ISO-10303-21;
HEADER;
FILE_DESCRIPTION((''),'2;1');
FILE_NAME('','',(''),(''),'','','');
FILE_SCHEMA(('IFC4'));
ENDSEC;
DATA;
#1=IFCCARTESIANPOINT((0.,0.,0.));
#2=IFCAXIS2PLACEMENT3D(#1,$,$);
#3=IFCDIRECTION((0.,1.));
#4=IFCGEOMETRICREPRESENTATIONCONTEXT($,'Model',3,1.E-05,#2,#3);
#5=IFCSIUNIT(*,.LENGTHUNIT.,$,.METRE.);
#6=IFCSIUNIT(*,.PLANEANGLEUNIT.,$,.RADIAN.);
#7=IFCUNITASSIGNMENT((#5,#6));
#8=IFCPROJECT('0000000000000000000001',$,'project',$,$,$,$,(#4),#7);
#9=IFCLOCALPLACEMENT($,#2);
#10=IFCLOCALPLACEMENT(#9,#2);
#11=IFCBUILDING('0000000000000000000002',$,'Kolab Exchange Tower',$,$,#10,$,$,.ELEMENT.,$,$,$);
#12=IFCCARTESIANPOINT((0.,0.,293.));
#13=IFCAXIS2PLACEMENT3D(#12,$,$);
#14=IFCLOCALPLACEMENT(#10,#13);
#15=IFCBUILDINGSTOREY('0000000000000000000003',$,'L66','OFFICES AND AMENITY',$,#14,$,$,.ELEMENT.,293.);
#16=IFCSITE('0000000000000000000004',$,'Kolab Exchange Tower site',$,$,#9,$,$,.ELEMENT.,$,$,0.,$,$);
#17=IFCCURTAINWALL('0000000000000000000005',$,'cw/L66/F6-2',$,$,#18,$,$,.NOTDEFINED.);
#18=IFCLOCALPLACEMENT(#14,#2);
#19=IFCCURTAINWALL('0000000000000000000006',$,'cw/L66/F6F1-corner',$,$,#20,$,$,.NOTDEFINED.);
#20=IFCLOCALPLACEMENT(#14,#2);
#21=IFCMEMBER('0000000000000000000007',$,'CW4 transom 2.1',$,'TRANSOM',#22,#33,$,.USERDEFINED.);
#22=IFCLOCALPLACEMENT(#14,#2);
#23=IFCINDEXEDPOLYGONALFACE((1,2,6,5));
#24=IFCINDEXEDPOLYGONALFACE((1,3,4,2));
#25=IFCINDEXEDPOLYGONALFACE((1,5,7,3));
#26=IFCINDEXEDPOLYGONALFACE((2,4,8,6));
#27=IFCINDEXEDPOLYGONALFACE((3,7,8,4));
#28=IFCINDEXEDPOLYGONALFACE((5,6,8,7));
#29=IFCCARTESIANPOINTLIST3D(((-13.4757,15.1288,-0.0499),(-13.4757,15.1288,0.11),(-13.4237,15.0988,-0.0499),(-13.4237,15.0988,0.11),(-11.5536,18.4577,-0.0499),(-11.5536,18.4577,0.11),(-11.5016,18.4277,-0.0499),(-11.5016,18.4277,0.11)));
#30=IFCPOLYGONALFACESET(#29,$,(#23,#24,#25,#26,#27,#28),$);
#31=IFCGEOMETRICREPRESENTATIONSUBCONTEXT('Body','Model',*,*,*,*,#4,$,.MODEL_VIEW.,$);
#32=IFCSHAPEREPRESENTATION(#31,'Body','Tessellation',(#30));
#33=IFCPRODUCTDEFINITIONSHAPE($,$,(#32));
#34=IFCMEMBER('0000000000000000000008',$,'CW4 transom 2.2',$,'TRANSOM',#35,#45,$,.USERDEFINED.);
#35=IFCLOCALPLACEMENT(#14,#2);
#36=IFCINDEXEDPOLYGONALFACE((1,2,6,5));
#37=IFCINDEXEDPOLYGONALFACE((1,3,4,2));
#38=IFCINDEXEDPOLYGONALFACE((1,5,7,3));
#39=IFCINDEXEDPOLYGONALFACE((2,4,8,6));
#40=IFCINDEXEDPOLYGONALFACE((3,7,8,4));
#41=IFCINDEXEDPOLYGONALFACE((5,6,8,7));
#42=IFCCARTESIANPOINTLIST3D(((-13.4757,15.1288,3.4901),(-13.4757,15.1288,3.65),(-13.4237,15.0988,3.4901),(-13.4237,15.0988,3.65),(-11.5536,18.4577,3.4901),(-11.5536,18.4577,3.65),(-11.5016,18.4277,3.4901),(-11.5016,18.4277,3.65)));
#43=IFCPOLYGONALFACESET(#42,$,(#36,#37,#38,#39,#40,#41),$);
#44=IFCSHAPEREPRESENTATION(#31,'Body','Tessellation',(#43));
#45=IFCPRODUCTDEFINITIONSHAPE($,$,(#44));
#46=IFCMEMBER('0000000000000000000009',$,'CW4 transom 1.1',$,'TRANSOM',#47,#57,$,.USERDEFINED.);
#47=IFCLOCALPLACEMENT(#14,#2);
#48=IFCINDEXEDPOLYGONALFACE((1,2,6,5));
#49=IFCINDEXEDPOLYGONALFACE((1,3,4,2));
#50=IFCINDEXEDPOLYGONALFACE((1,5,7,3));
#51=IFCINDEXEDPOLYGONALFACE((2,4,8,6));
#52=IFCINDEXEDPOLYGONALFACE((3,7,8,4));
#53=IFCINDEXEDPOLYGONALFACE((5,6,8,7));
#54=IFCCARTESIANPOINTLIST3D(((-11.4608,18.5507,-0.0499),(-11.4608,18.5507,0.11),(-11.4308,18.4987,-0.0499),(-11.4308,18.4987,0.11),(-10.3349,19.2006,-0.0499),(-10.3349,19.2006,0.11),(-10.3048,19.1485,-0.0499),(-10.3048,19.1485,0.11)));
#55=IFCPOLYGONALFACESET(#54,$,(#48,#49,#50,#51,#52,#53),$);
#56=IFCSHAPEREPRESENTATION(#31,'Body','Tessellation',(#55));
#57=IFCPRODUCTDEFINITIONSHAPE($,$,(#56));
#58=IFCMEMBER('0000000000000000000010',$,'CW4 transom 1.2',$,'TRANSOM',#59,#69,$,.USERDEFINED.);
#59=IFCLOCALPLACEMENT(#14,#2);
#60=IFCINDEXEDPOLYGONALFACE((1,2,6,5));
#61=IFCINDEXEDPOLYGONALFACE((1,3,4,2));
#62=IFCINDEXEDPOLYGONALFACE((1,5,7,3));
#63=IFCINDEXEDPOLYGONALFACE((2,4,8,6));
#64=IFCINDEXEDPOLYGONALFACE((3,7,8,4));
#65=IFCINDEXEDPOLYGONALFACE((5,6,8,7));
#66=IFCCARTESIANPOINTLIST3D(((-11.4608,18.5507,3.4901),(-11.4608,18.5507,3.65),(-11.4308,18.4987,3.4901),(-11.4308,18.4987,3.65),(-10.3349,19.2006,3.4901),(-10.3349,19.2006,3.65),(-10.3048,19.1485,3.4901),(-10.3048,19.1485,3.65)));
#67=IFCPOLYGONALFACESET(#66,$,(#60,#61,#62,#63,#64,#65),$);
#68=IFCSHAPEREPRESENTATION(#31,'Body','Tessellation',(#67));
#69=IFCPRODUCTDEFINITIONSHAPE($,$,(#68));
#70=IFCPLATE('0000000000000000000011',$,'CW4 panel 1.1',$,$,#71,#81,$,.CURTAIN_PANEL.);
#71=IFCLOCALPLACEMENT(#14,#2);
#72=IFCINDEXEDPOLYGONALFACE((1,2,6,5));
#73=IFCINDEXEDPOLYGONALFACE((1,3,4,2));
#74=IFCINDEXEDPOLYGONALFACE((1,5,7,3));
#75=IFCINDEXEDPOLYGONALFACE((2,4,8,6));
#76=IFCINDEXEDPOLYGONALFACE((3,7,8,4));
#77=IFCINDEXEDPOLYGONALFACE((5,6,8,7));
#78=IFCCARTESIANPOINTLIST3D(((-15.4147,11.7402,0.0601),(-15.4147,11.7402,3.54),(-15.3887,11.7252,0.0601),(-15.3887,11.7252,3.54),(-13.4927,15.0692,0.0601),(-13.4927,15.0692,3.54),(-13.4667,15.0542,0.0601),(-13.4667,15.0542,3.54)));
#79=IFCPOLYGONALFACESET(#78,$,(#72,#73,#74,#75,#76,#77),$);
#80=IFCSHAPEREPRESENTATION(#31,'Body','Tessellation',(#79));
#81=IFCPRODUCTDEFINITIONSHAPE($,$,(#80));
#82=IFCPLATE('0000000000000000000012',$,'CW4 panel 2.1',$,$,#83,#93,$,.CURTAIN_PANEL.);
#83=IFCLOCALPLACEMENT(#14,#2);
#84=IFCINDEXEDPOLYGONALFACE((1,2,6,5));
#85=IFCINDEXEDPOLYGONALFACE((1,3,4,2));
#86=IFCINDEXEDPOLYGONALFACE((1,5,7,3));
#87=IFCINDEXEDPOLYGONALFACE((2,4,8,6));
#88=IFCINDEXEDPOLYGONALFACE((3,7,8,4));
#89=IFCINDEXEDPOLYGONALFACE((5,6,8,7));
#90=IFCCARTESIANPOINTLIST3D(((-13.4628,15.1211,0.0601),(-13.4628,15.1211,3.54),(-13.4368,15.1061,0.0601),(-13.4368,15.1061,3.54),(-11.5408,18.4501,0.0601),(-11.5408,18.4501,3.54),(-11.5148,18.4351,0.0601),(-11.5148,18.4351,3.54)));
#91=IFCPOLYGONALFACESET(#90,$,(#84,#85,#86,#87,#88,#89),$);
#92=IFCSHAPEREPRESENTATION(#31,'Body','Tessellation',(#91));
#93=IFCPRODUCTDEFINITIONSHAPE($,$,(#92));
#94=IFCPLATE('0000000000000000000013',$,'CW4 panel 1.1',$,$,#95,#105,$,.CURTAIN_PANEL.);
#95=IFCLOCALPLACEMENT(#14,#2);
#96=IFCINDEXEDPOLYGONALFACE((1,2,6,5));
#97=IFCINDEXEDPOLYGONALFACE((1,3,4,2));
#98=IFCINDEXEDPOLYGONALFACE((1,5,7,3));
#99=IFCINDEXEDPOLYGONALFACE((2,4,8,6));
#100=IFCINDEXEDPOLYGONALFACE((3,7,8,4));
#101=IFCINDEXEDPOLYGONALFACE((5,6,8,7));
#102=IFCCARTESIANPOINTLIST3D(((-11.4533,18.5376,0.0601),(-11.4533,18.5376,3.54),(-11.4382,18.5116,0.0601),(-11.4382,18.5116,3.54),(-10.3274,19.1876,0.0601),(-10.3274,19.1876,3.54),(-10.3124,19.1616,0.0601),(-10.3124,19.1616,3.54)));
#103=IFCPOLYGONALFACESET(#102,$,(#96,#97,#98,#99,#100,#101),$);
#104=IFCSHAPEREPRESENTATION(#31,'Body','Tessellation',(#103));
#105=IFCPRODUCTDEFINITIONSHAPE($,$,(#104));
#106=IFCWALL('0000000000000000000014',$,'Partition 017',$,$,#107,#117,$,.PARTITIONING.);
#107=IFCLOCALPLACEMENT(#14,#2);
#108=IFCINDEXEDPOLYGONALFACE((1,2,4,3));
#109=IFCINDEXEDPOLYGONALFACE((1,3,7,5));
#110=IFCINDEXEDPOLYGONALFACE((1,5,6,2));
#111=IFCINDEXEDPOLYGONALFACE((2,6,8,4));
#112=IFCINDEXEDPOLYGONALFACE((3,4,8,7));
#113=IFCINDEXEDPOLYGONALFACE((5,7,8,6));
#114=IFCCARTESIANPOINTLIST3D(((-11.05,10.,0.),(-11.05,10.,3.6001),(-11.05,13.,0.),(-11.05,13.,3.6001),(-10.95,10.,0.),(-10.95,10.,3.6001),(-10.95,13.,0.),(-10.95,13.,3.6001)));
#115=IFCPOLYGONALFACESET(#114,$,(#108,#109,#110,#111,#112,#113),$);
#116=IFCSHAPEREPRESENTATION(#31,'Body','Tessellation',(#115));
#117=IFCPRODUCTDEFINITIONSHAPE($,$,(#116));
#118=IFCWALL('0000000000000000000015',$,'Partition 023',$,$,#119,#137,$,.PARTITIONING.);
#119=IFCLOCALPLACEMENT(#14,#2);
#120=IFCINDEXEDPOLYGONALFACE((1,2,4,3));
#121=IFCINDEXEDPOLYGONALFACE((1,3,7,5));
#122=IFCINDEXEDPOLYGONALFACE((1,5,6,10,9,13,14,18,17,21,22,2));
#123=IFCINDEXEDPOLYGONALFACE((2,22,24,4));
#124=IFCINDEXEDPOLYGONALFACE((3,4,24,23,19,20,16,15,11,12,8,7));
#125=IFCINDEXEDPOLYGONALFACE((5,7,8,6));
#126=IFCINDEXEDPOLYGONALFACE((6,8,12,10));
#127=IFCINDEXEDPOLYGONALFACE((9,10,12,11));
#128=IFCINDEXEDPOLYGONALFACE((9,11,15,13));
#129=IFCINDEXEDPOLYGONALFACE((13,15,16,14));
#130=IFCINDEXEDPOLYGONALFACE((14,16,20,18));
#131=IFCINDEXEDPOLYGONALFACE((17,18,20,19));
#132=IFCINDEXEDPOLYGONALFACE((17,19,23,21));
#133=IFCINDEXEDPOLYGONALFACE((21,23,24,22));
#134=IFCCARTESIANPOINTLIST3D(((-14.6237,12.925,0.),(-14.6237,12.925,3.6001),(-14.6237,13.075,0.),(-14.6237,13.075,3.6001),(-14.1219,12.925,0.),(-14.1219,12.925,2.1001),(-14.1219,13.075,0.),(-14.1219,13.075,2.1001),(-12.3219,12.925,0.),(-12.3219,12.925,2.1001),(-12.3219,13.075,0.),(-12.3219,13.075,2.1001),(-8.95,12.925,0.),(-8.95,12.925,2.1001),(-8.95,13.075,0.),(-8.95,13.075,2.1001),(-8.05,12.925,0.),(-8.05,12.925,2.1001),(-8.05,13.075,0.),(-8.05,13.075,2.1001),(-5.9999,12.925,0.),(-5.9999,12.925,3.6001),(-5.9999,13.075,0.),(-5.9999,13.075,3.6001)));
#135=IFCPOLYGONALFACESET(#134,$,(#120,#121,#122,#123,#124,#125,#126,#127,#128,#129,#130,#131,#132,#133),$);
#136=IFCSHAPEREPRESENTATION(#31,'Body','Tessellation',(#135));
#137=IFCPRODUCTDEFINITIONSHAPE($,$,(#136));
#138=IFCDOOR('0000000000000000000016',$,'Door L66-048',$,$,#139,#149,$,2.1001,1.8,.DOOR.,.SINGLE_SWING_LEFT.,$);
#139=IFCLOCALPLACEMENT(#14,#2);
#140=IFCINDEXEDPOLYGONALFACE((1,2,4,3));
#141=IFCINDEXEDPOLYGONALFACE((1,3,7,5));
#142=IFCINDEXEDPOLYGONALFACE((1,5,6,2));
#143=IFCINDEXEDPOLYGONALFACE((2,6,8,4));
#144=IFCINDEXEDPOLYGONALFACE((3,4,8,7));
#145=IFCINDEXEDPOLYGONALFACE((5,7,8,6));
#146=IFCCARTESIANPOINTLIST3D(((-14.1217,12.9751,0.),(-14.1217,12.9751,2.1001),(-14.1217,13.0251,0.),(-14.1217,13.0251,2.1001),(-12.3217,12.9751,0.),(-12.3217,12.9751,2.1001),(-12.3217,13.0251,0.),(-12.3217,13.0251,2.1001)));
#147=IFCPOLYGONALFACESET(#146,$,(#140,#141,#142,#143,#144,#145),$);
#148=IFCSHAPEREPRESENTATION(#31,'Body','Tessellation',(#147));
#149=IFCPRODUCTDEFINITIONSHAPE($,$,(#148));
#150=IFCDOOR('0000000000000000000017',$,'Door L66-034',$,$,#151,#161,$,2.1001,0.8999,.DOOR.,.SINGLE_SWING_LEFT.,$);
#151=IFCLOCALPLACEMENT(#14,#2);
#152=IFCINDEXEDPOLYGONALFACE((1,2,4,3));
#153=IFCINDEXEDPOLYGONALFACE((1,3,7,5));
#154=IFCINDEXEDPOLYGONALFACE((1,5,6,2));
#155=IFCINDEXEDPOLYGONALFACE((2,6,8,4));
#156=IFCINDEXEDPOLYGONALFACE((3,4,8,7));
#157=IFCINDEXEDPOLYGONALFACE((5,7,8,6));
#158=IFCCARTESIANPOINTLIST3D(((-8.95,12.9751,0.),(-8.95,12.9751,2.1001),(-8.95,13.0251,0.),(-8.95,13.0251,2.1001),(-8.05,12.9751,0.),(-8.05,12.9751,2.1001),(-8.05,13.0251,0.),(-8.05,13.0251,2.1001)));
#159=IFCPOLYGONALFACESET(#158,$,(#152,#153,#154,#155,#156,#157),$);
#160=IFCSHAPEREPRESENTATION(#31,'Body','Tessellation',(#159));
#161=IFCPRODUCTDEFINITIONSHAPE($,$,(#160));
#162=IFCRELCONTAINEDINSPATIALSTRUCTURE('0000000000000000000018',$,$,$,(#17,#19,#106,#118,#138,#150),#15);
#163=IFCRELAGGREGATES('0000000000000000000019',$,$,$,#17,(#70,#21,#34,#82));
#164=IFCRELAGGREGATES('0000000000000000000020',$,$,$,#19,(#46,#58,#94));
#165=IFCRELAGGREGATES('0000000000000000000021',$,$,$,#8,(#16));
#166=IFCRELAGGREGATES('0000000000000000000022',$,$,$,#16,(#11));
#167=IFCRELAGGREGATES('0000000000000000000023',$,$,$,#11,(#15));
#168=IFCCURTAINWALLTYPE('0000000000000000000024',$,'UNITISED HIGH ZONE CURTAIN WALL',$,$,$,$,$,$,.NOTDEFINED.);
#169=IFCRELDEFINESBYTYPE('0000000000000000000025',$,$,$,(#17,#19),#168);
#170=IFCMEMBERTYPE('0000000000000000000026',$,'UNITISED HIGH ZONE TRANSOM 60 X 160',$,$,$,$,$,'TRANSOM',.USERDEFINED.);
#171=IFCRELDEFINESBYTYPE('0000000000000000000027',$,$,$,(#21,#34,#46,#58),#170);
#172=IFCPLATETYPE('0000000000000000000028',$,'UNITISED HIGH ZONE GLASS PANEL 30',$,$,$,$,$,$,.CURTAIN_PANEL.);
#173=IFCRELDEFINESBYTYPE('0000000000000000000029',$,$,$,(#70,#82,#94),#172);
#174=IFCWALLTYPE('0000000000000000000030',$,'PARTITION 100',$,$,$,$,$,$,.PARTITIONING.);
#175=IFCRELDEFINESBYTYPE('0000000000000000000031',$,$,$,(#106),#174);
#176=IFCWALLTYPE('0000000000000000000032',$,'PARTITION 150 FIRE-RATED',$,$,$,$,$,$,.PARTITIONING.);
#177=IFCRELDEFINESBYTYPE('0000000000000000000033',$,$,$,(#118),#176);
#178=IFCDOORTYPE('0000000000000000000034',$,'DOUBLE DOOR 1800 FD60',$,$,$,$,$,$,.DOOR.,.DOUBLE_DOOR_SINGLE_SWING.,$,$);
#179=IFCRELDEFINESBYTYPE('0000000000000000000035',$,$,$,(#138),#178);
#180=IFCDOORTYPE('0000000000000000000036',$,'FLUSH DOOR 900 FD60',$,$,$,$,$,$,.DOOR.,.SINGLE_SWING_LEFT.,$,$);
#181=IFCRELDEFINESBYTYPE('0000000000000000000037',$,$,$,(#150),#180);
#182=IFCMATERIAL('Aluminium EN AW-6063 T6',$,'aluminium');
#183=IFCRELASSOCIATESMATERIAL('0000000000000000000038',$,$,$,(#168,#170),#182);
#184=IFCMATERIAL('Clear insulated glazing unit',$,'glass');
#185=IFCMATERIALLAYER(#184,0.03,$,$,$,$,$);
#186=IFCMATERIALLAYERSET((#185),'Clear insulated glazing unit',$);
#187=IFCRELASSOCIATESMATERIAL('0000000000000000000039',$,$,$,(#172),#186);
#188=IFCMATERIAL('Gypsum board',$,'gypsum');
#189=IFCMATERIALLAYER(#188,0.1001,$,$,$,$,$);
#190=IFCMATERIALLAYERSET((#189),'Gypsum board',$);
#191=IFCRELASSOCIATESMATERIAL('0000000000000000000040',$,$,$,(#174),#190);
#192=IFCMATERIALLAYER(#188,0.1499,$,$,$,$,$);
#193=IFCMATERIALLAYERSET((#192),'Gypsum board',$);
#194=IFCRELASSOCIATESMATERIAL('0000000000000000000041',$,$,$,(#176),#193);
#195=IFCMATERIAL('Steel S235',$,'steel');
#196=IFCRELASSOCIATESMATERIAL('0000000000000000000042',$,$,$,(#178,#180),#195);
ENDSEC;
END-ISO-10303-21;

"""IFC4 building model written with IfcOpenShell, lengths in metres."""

from ifc_helpers import new_model, si_unit, direction, frame, frame_2d, origin, origin_2d, place, context, subcontext, project, spatial, rectangle, extrude, material, layer, layer_set, material_profile, profile_set, type_object, element, fill, aggregate, save


model = new_model("IFC4")

# Units and contexts
model_context = context("Model", 3, precision=1e-05, world=origin(), true_north=direction((0.0, 1.0)))
body_context = subcontext(model_context, "Body", "Model", "MODEL_VIEW")
ifc_project = project(units=[si_unit("LENGTHUNIT", "METRE"), si_unit("PLANEANGLEUNIT", "RADIAN")], contexts=[model_context])

# Site, building, storey
site_placement = place(None, origin())
site = spatial("IfcSite", under=ifc_project, at=site_placement, Name="Kolab Exchange Tower site", CompositionType="ELEMENT", RefElevation=0.0)
building_placement = place(site_placement, origin())
building = spatial("IfcBuilding", under=site, at=building_placement, Name="Kolab Exchange Tower", CompositionType="ELEMENT")
storey_placement = place(building_placement, frame((0.0, 0.0, 293.0)))
storey = spatial("IfcBuildingStorey", under=building, at=storey_placement, Name="L66", Description="OFFICES AND AMENITY", CompositionType="ELEMENT", Elevation=293.0)

# Curtain wall
ifc_material_1 = material(Name="Aluminium EN AW-6063 T6", Category="aluminium")
curtain_wall_type = type_object("IfcCurtainWallType", Name="UNITISED HIGH ZONE CURTAIN WALL", PredefinedType="NOTDEFINED", material=ifc_material_1)
curtain_wall_1_placement = place(storey_placement, origin())
curtain_wall_1 = element("IfcCurtainWall", 1, at=curtain_wall_1_placement, inside=storey, type_object=curtain_wall_type, Name="cw/L66/F6-2", PredefinedType="NOTDEFINED")

# Curtain wall
curtain_wall_2_placement = place(storey_placement, origin())
curtain_wall_2 = element("IfcCurtainWall", 2, at=curtain_wall_2_placement, inside=storey, type_object=curtain_wall_type, Name="cw/L66/F6F1-corner", PredefinedType="NOTDEFINED")

# Members
ifc_material_profile_1 = material_profile(ifc_material_1, rectangle(XDim=0.0601, YDim=0.1599, at=origin_2d()), Name="RECT 60X160")
ifc_profile_set_1 = profile_set([ifc_material_profile_1], Name="Aluminium EN AW-6063 T6")
member_type_1 = type_object("IfcMemberType", Name="UNITISED HIGH ZONE TRANSOM 60 X 160", ElementType="TRANSOM", PredefinedType="USERDEFINED", material=ifc_profile_set_1)
member_1_placement = place(storey_placement, frame((-13.4497, 15.1138, 0.03), z_axis=(0.500039, 0.866003, 0.0), x_axis=(-0.866003, 0.500039, 0.0)))
member_1 = element("IfcMember", 3, at=member_1_placement, type_object=member_type_1, Name="CW4 transom 2.1", ObjectType="TRANSOM", PredefinedType="USERDEFINED", context=body_context, shape_type="SweptSolid", body=[
    extrude(rectangle(XDim=0.0601, YDim=0.1599, at=origin_2d()), origin(), (0.0, 0.0, 1.0), 3.844),
])
member_2_placement = place(storey_placement, frame((-13.4497, 15.1138, 3.5701), z_axis=(0.500039, 0.866003, 0.0), x_axis=(-0.866003, 0.500039, 0.0)))
member_2 = element("IfcMember", 4, at=member_2_placement, type_object=member_type_1, Name="CW4 transom 2.2", ObjectType="TRANSOM", PredefinedType="USERDEFINED", context=body_context, shape_type="SweptSolid", body=[
    extrude(rectangle(XDim=0.0601, YDim=0.1599, at=origin_2d()), origin(), (0.0, 0.0, 1.0), 3.844),
])
member_3_placement = place(storey_placement, frame((-11.4458, 18.5247, 0.03), z_axis=(0.866086, 0.499896, 0.0), x_axis=(-0.499896, 0.866086, 0.0)))
member_3 = element("IfcMember", 5, at=member_3_placement, type_object=member_type_1, Name="CW4 transom 1.1", ObjectType="TRANSOM", PredefinedType="USERDEFINED", context=body_context, shape_type="SweptSolid", body=[
    extrude(rectangle(XDim=0.0601, YDim=0.1599, at=origin_2d()), origin(), (0.0, 0.0, 1.0), 1.3),
])
member_4_placement = place(storey_placement, frame((-11.4458, 18.5247, 3.5701), z_axis=(0.866086, 0.499896, 0.0), x_axis=(-0.499896, 0.866086, 0.0)))
member_4 = element("IfcMember", 6, at=member_4_placement, type_object=member_type_1, Name="CW4 transom 1.2", ObjectType="TRANSOM", PredefinedType="USERDEFINED", context=body_context, shape_type="SweptSolid", body=[
    extrude(rectangle(XDim=0.0601, YDim=0.1599, at=origin_2d()), origin(), (0.0, 0.0, 1.0), 1.3),
])

# Plates
ifc_material_2 = material(Name="Clear insulated glazing unit", Category="glass")
ifc_layer_1 = layer(ifc_material_2, 0.03)
ifc_layer_set_1 = layer_set([ifc_layer_1], Name="Clear insulated glazing unit")
plate_type = type_object("IfcPlateType", Name="UNITISED HIGH ZONE GLASS PANEL 30", PredefinedType="CURTAIN_PANEL", material=ifc_layer_set_1)
plate_1_placement = place(storey_placement, frame((-14.4407, 13.3972, 0.0601), z_axis=(0.0, 0.0, 1.0), x_axis=(0.5, 0.866025, 0.0)))
plate_1 = element("IfcPlate", 7, at=plate_1_placement, type_object=plate_type, Name="CW4 panel 1.1", PredefinedType="CURTAIN_PANEL", context=body_context, shape_type="SweptSolid", body=[
    extrude(rectangle(XDim=3.844, YDim=0.03, at=origin_2d()), origin(), (0.0, 0.0, 1.0), 3.48),
])
plate_2_placement = place(storey_placement, frame((-12.4888, 16.7781, 0.0601), z_axis=(0.0, 0.0, 1.0), x_axis=(0.5, 0.866025, 0.0)))
plate_2 = element("IfcPlate", 8, at=plate_2_placement, type_object=plate_type, Name="CW4 panel 2.1", PredefinedType="CURTAIN_PANEL", context=body_context, shape_type="SweptSolid", body=[
    extrude(rectangle(XDim=3.844, YDim=0.03, at=origin_2d()), origin(), (0.0, 0.0, 1.0), 3.48),
])
aggregate(curtain_wall_1, [plate_1, member_1, member_2, plate_2])
plate_3_placement = place(storey_placement, frame((-10.8828, 18.8496, 0.0601), z_axis=(0.0, 0.0, 1.0), x_axis=(0.866025, 0.5, 0.0)))
plate_3 = element("IfcPlate", 9, at=plate_3_placement, type_object=plate_type, Name="CW4 panel 1.1", PredefinedType="CURTAIN_PANEL", context=body_context, shape_type="SweptSolid", body=[
    extrude(rectangle(XDim=1.3, YDim=0.03, at=origin_2d()), origin(), (0.0, 0.0, 1.0), 3.48),
])
aggregate(curtain_wall_2, [member_3, member_4, plate_3])

# Wall
ifc_material_3 = material(Name="Gypsum board", Category="gypsum")
ifc_layer_2 = layer(ifc_material_3, 0.1001)
ifc_layer_set_2 = layer_set([ifc_layer_2], Name="Gypsum board")
wall_type_1 = type_object("IfcWallType", Name="PARTITION 100", PredefinedType="PARTITIONING", material=ifc_layer_set_2)
wall_1_placement = place(storey_placement, frame((-11.0, 10.0, 0.0), z_axis=(0.0, 0.0, 1.0), x_axis=(0.0, 1.0, 0.0)))
element("IfcWall", 10, at=wall_1_placement, inside=storey, type_object=wall_type_1, Name="Partition 017", PredefinedType="PARTITIONING", context=body_context, shape_type="SweptSolid", body=[
    extrude(rectangle(XDim=3.0, YDim=0.1001, at=frame_2d((1.5, 0.0))), origin(), (0.0, 0.0, 1.0), 3.6001),
])

# Wall, openings, doors
ifc_layer_3 = layer(ifc_material_3, 0.1499)
ifc_layer_set_3 = layer_set([ifc_layer_3], Name="Gypsum board")
wall_type_2 = type_object("IfcWallType", Name="PARTITION 150 FIRE-RATED", PredefinedType="PARTITIONING", material=ifc_layer_set_3)
wall_2_placement = place(storey_placement, frame((-14.6238, 13.0, 0.0), z_axis=(0.0, 0.0, 1.0), x_axis=(1.0, 0.0, 0.0)))
wall_2 = element("IfcWall", 11, at=wall_2_placement, inside=storey, type_object=wall_type_2, Name="Partition 023", PredefinedType="PARTITIONING", context=body_context, shape_type="SweptSolid", body=[
    extrude(rectangle(XDim=8.6238, YDim=0.1499, at=frame_2d((4.312, 0.0))), origin(), (0.0, 0.0, 1.0), 3.6001),
])
opening_1_placement = place(wall_2_placement, frame((5.6738, 0.0, 0.0)))
opening_1 = element("IfcOpeningElement", 12, at=opening_1_placement, cuts=wall_2, PredefinedType="OPENING", context=body_context, shape_type="SweptSolid", body=[
    extrude(rectangle(XDim=0.8999, YDim=2.1001, at=frame_2d((0.45, 1.05))), frame((0.0, 0.085, 0.0), z_axis=(0.0, -1.0, 0.0), x_axis=(1.0, 0.0, 0.0)), (0.0, 0.0, 1.0), 0.1699),
])
opening_2_placement = place(wall_2_placement, frame((0.502, 0.0, 0.0)))
opening_2 = element("IfcOpeningElement", 13, at=opening_2_placement, cuts=wall_2, PredefinedType="OPENING", context=body_context, shape_type="SweptSolid", body=[
    extrude(rectangle(XDim=1.8, YDim=2.1001, at=frame_2d((0.8999, 1.05))), frame((0.0, 0.085, 0.0), z_axis=(0.0, -1.0, 0.0), x_axis=(1.0, 0.0, 0.0)), (0.0, 0.0, 1.0), 0.1699),
])
ifc_material_4 = material(Name="Steel S235", Category="steel")
door_type_1 = type_object("IfcDoorType", Name="DOUBLE DOOR 1800 FD60", OperationType="DOUBLE_DOOR_SINGLE_SWING", PredefinedType="DOOR", material=ifc_material_4)
door_1_placement = place(opening_2_placement, frame((1.8, 0.0, 0.0), z_axis=(0.0, 0.0, 1.0), x_axis=(-1.0, 0.0, 0.0)))
door_1 = element("IfcDoor", 14, at=door_1_placement, inside=storey, type_object=door_type_1, Name="Door L66-048", OperationType="SINGLE_SWING_LEFT", OverallHeight=2.1001, OverallWidth=1.8, PredefinedType="DOOR", context=body_context, shape_type="SweptSolid", body=[
    extrude(rectangle(XDim=1.8, YDim=2.1001, at=frame_2d((0.8999, 1.05))), frame((0.0, 0.0249, 0.0), z_axis=(0.0, -1.0, 0.0), x_axis=(1.0, 0.0, 0.0)), (0.0, 0.0, 1.0), 0.05),
])
fill(opening_2, door_1)
door_type_2 = type_object("IfcDoorType", Name="FLUSH DOOR 900 FD60", OperationType="SINGLE_SWING_LEFT", PredefinedType="DOOR", material=ifc_material_4)
door_2_placement = place(opening_1_placement, frame((0.8999, 0.0, 0.0), z_axis=(0.0, 0.0, 1.0), x_axis=(-1.0, 0.0, 0.0)))
door_2 = element("IfcDoor", 15, at=door_2_placement, inside=storey, type_object=door_type_2, Name="Door L66-034", OperationType="SINGLE_SWING_LEFT", OverallHeight=2.1001, OverallWidth=0.8999, PredefinedType="DOOR", context=body_context, shape_type="SweptSolid", body=[
    extrude(rectangle(XDim=0.8999, YDim=2.1001, at=frame_2d((0.45, 1.05))), frame((0.0, 0.0249, 0.0), z_axis=(0.0, -1.0, 0.0), x_axis=(1.0, 0.0, 0.0)), (0.0, 0.0, 1.0), 0.05),
])
fill(opening_1, door_2)

save(model, "model.ifc")
